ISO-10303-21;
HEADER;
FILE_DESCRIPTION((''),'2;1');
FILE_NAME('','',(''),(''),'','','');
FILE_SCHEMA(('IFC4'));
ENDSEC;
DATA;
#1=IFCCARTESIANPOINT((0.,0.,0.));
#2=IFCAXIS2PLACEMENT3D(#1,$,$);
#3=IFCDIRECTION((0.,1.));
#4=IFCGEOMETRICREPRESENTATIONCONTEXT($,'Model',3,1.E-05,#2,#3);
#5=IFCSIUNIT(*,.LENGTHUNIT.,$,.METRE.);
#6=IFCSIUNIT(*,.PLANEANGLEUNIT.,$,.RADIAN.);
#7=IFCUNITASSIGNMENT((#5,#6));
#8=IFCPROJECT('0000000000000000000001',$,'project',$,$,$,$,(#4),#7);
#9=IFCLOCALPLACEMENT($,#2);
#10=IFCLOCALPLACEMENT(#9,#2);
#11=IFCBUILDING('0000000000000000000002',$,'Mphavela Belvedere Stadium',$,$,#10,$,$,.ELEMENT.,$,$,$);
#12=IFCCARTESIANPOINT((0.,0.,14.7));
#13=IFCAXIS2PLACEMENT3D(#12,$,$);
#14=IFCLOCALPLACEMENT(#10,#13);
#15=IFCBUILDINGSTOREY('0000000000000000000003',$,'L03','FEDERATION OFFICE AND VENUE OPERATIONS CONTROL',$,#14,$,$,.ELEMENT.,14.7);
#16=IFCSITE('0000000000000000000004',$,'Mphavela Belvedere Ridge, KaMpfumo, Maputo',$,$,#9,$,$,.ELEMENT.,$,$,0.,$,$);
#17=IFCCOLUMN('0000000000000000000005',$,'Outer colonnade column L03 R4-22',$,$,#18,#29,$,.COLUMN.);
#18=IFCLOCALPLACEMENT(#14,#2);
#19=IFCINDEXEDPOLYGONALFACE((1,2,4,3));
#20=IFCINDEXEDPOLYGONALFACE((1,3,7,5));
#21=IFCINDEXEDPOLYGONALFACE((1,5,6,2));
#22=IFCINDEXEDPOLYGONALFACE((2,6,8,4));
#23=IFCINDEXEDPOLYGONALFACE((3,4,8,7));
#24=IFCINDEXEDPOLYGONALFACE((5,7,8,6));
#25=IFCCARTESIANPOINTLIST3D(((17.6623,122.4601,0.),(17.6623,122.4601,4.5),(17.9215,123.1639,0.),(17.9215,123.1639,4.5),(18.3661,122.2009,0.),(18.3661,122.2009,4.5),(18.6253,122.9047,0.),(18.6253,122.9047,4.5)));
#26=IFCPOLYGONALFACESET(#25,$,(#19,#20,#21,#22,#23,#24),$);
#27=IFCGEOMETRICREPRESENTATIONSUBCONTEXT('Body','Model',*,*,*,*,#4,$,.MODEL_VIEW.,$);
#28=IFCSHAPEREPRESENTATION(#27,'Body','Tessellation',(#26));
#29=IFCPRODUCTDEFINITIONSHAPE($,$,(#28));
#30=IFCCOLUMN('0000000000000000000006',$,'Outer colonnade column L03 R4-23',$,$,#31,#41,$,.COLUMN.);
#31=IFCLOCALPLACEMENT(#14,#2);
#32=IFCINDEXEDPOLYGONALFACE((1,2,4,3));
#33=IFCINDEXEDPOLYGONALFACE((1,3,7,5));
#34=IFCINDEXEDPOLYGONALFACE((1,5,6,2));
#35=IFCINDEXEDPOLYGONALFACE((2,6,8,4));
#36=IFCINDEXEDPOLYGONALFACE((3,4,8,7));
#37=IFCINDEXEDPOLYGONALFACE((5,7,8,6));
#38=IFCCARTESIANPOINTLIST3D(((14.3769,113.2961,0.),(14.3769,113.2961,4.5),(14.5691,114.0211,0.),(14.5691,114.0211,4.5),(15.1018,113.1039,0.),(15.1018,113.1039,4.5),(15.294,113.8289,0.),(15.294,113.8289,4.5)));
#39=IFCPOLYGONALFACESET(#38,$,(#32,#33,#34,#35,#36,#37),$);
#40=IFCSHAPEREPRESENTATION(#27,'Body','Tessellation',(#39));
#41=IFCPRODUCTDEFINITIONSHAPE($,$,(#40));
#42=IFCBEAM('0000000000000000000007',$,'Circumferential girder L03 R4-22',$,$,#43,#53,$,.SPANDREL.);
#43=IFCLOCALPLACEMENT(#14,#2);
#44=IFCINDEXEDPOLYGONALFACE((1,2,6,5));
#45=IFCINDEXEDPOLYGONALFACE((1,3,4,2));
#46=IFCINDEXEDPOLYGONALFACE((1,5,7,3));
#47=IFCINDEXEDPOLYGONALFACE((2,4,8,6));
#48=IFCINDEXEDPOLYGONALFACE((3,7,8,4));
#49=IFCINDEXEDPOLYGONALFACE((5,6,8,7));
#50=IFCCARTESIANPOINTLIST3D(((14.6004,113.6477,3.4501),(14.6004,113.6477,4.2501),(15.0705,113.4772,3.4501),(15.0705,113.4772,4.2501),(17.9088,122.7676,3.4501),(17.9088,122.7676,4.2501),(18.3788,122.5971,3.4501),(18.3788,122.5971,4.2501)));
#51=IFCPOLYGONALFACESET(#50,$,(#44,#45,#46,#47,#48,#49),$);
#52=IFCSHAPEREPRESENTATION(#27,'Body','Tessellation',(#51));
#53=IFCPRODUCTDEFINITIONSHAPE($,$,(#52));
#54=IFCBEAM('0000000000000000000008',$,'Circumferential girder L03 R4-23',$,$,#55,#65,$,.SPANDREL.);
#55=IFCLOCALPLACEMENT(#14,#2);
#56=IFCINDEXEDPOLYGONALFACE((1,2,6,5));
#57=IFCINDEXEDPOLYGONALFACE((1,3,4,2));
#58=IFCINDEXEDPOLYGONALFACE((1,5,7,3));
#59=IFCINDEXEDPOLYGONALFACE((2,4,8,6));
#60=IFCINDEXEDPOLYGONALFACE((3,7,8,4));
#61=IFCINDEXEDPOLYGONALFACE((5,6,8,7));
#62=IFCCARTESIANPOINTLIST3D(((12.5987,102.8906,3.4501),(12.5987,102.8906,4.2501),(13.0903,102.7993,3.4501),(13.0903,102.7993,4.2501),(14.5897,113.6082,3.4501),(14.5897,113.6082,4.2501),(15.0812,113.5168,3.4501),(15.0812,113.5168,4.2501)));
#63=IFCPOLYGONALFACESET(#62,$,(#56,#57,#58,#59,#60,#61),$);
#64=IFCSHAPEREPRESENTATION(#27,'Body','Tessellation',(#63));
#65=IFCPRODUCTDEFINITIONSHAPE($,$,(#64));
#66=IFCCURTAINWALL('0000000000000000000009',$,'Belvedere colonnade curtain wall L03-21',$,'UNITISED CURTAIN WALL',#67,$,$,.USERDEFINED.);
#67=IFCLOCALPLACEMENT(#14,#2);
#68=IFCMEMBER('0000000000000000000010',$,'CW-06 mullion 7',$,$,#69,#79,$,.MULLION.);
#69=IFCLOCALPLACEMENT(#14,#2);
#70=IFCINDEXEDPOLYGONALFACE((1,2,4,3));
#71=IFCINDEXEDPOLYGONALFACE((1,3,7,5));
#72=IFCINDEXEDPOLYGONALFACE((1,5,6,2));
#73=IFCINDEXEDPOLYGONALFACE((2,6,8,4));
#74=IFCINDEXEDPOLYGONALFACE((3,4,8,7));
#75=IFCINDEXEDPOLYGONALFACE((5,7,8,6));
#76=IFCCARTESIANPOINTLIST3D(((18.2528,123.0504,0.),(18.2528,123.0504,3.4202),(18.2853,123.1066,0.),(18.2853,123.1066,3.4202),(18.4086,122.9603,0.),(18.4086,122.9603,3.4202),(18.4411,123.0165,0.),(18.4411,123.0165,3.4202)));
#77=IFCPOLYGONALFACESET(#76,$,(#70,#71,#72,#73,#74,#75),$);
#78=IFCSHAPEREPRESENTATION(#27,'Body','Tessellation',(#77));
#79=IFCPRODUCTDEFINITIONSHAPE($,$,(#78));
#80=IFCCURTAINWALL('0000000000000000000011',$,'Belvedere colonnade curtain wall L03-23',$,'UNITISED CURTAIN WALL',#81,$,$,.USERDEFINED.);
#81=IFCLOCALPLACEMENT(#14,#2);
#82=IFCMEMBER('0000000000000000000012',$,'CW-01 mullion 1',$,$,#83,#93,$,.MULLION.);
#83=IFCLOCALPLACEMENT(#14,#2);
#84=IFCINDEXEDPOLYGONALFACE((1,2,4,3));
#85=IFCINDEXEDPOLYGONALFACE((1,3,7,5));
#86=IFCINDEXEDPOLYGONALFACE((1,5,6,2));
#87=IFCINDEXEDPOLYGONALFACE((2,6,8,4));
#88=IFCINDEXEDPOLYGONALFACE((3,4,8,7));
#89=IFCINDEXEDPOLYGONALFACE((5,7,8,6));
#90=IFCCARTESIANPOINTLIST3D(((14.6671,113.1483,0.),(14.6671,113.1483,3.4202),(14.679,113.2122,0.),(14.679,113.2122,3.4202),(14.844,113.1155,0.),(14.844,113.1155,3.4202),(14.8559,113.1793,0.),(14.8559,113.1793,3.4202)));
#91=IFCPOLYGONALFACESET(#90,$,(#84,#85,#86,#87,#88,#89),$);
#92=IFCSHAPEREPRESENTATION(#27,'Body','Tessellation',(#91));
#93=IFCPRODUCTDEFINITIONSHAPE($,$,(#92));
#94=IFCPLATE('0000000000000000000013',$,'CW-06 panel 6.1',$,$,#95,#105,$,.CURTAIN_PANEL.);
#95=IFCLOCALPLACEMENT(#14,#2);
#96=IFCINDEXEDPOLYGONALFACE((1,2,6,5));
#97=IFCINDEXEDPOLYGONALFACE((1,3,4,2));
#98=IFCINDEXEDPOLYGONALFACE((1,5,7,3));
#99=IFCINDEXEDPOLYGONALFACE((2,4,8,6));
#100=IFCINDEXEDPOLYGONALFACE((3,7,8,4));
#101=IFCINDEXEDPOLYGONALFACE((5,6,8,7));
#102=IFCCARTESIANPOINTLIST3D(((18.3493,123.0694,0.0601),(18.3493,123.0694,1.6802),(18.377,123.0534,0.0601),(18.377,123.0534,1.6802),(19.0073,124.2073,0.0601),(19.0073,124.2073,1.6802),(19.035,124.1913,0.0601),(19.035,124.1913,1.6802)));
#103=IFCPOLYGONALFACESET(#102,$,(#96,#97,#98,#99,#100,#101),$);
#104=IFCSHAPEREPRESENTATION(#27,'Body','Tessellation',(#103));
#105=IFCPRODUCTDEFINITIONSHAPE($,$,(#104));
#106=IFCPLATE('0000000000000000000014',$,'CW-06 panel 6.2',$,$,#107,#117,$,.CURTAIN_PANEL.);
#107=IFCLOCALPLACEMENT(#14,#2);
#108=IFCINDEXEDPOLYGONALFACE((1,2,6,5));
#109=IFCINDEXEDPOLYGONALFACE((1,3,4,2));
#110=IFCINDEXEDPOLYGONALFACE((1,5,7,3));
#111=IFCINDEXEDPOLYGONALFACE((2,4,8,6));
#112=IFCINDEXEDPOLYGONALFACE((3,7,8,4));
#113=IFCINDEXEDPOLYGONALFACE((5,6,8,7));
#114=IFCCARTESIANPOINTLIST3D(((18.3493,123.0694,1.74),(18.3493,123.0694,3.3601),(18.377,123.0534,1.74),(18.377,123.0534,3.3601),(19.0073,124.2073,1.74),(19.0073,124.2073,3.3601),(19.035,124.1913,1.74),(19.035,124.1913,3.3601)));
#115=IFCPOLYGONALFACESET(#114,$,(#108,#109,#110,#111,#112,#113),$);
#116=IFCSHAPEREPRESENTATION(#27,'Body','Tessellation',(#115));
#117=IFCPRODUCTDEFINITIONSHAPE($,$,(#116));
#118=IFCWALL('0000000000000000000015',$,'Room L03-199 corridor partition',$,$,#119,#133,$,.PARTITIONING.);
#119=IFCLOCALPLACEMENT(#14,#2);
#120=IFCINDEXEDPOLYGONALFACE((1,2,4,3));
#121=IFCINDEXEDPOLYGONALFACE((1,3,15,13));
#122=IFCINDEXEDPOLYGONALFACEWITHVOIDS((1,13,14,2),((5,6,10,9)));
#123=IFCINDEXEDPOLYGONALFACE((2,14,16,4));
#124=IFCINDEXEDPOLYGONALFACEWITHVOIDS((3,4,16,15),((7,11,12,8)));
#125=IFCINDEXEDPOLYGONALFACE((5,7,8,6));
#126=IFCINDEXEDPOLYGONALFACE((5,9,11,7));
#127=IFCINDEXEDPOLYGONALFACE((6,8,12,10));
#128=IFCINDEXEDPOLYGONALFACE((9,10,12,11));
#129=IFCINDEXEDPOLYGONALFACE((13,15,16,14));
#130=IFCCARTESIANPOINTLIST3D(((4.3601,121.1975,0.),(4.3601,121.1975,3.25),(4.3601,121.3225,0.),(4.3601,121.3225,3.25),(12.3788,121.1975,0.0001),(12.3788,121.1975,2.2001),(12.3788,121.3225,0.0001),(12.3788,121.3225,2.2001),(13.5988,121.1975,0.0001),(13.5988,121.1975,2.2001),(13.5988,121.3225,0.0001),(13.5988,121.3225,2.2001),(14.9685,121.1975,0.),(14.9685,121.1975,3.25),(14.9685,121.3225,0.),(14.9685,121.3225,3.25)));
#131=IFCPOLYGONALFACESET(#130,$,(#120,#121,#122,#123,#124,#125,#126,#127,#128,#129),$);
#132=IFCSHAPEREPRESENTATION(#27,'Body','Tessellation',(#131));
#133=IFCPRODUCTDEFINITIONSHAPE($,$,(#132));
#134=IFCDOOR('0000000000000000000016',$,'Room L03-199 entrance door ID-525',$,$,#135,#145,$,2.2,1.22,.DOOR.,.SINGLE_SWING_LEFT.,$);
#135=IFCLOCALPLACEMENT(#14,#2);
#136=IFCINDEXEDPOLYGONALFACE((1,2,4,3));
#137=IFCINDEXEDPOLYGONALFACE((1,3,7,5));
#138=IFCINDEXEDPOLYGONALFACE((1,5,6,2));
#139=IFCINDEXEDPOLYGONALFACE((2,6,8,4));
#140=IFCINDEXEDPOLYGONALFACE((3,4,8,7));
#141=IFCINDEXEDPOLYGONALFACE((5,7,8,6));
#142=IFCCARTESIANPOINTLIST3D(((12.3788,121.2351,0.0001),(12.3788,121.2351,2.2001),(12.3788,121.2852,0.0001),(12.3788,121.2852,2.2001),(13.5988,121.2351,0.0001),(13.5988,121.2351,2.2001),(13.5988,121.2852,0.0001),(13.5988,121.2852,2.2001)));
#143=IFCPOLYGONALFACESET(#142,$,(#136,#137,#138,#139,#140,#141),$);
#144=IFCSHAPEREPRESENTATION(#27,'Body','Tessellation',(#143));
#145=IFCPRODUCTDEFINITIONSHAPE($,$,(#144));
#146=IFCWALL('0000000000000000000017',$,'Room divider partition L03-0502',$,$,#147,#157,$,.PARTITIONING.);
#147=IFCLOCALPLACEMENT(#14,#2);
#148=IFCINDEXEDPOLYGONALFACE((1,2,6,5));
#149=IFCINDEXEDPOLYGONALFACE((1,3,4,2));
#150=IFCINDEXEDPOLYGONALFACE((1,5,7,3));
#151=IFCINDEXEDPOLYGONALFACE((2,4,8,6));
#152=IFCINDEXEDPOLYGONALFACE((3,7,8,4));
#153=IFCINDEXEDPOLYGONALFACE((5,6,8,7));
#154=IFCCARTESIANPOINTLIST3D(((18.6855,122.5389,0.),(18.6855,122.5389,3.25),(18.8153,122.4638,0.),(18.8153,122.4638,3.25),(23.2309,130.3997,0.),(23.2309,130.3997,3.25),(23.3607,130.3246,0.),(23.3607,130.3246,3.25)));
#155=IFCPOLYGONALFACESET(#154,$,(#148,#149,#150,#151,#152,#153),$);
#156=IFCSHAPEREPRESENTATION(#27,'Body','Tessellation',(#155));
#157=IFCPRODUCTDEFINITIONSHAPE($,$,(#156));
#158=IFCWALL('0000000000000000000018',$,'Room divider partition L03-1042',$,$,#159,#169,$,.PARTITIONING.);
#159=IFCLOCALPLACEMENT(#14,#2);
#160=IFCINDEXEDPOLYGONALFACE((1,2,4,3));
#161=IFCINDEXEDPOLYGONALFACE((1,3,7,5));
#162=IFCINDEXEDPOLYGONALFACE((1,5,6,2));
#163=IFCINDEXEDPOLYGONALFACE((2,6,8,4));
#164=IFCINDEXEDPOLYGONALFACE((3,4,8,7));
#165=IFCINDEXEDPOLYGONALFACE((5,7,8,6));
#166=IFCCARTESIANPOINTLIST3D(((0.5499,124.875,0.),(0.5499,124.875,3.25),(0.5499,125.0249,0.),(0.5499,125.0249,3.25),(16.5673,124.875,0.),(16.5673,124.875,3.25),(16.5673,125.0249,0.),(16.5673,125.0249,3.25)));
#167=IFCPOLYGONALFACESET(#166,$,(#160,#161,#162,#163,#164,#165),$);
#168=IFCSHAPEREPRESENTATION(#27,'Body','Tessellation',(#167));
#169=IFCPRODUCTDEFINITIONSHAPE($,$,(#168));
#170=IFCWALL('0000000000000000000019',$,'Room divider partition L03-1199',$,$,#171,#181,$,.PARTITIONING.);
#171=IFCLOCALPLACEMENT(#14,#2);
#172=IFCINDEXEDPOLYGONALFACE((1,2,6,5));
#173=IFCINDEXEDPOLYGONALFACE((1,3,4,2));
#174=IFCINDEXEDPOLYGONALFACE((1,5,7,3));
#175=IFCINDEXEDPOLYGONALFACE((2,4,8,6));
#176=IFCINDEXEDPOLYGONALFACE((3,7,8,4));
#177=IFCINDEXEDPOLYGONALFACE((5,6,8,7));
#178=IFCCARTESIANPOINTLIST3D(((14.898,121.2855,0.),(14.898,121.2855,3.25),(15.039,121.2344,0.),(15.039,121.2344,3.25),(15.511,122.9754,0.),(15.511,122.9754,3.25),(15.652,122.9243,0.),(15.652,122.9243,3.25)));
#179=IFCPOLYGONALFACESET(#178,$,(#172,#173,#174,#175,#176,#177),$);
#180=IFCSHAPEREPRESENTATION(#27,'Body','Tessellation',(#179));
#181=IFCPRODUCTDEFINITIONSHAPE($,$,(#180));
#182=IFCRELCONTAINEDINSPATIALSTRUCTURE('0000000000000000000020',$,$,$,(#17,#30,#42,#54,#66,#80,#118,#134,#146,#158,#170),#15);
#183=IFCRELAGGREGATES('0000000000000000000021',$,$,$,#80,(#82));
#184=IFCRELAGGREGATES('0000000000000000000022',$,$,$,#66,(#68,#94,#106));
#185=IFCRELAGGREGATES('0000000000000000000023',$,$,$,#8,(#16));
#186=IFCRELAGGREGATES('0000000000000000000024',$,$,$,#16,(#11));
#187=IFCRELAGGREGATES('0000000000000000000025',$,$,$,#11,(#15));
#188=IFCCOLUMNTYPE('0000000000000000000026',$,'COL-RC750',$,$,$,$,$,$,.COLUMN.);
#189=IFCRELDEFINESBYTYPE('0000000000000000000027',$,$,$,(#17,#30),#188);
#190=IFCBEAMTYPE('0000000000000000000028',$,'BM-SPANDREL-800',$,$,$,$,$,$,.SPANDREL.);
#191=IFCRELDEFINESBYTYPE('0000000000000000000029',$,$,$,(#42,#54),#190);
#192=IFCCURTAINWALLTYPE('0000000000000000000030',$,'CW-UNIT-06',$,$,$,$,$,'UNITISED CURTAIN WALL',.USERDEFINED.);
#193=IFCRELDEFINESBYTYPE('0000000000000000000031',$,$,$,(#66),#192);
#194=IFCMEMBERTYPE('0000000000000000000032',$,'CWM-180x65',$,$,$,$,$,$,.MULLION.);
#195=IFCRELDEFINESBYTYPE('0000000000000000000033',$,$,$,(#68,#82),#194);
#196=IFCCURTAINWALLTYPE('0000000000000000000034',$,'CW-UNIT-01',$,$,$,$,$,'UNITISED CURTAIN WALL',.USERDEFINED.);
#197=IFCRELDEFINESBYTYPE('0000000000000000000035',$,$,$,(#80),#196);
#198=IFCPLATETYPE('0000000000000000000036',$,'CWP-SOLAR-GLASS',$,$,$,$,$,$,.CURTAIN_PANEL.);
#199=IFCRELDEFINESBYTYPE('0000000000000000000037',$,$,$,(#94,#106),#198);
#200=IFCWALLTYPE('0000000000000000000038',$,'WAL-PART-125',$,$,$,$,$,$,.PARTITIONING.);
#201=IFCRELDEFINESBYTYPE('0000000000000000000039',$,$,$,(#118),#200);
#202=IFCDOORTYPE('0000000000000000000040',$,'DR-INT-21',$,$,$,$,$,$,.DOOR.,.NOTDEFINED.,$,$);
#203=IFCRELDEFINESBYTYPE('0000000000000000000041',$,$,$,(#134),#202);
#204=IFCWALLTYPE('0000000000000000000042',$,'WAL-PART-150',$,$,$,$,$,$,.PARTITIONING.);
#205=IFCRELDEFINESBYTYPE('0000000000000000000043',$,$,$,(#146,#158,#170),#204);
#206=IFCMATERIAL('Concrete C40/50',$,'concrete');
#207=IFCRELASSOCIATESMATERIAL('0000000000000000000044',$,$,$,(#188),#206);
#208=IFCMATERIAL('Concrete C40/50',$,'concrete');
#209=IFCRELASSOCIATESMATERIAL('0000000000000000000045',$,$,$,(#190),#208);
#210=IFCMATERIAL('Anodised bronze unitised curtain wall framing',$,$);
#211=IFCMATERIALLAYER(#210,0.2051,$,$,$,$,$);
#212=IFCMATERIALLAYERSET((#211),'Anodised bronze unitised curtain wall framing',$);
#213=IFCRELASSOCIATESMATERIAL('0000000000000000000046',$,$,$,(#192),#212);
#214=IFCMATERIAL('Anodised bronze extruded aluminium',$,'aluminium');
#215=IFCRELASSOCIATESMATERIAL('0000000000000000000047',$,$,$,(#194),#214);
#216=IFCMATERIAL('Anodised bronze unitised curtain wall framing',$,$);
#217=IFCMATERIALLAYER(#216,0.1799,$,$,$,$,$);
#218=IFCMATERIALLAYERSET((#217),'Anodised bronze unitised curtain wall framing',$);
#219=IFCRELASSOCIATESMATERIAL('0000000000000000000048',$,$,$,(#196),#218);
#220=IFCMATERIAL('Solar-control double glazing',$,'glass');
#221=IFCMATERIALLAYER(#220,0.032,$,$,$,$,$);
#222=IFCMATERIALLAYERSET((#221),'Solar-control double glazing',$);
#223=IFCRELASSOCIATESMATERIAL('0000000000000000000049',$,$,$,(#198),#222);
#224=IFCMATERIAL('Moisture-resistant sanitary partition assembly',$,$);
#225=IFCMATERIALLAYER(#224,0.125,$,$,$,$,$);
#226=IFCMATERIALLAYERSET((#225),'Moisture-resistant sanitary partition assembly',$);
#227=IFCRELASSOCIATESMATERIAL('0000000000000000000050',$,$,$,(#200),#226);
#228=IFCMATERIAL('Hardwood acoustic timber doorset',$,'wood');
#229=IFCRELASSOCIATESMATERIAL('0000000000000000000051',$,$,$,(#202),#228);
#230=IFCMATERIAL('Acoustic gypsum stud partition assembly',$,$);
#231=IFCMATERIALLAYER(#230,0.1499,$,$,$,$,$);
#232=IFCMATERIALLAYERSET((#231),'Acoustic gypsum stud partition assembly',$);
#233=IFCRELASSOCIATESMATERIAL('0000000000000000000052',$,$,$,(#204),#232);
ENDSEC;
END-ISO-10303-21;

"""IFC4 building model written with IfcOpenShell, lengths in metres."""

from ifc_helpers import new_model, si_unit, direction, frame, frame_2d, origin, origin_2d, place, context, subcontext, project, spatial, rectangle, extrude, material, layer, layer_set, material_profile, profile_set, type_object, element, fill, aggregate, save


model = new_model("IFC4")

# Units and contexts
model_context = context("Model", 3, precision=1e-05, world=origin(), true_north=direction((0.0, 1.0)))
body_context = subcontext(model_context, "Body", "Model", "MODEL_VIEW")
ifc_project = project(units=[si_unit("LENGTHUNIT", "METRE"), si_unit("PLANEANGLEUNIT", "RADIAN")], contexts=[model_context])

# Site, building, storey
site_placement = place(None, origin())
site = spatial("IfcSite", under=ifc_project, at=site_placement, Name="Mphavela Belvedere Ridge, KaMpfumo, Maputo", CompositionType="ELEMENT", RefElevation=0.0)
building_placement = place(site_placement, origin())
building = spatial("IfcBuilding", under=site, at=building_placement, Name="Mphavela Belvedere Stadium", CompositionType="ELEMENT")
storey_placement = place(building_placement, frame((0.0, 0.0, 14.7)))
storey = spatial("IfcBuildingStorey", under=building, at=storey_placement, Name="L03", Description="FEDERATION OFFICE AND VENUE OPERATIONS CONTROL", CompositionType="ELEMENT", Elevation=14.7)

# Columns
ifc_material_1 = material(Name="Concrete C40/50", Category="concrete")
ifc_material_profile_1 = material_profile(ifc_material_1, rectangle(XDim=0.75, YDim=0.75, at=origin_2d()), Name="RC 750x750")
ifc_profile_set_1 = profile_set([ifc_material_profile_1], Name="Concrete C40/50")
column_type = type_object("IfcColumnType", Name="COL-RC750", PredefinedType="COLUMN", material=ifc_profile_set_1)
for number, where, z_axis, x_axis, name in (
    (1, (18.1438, 122.6824, 0.0), (0.0, 0.0, 1.0), (-0.938372, 0.345626, 0.0), "Outer colonnade column L03 R4-22"),
    (2, (14.8354, 113.5625, 0.0), (0.0, 0.0, 1.0), (-0.9666, 0.256289, 0.0), "Outer colonnade column L03 R4-23"),
):
    element("IfcColumn", number, at=place(storey_placement, frame(where, z_axis=z_axis, x_axis=x_axis)), inside=storey, type_object=column_type, Name=name, PredefinedType="COLUMN", context=body_context, shape_type="SweptSolid", body=[
        extrude(rectangle(XDim=0.75, YDim=0.75, at=origin_2d()), origin(), (0.0, 0.0, 1.0), 4.5),
    ])

# Beams
ifc_material_2 = material(Name="Concrete C40/50", Category="concrete")
ifc_material_profile_2 = material_profile(ifc_material_2, rectangle(XDim=0.5, YDim=0.8, at=origin_2d()), Name="RC 500x800")
ifc_profile_set_2 = profile_set([ifc_material_profile_2], Name="Concrete C40/50")
beam_type = type_object("IfcBeamType", Name="BM-SPANDREL-800", PredefinedType="SPANDREL", material=ifc_profile_set_2)
beam_1_placement = place(storey_placement, frame((18.1438, 122.6824, 3.8501), z_axis=(-0.341018, -0.940057, 0.0), x_axis=(0.940057, -0.341018, 0.0)))
element("IfcBeam", 3, at=beam_1_placement, inside=storey, type_object=beam_type, Name="Circumferential girder L03 R4-22", PredefinedType="SPANDREL", context=body_context, shape_type="SweptSolid", body=[
    extrude(rectangle(XDim=0.5, YDim=0.8, at=origin_2d()), origin(), (0.0, 0.0, 1.0), 9.7014),
])
beam_2_placement = place(storey_placement, frame((14.8354, 113.5625, 3.8501), z_axis=(-0.182643, -0.983179, 0.0), x_axis=(0.983179, -0.182643, 0.0)))
element("IfcBeam", 4, at=beam_2_placement, inside=storey, type_object=beam_type, Name="Circumferential girder L03 R4-23", PredefinedType="SPANDREL", context=body_context, shape_type="SweptSolid", body=[
    extrude(rectangle(XDim=0.5, YDim=0.8, at=origin_2d()), origin(), (0.0, 0.0, 1.0), 10.9009),
])

# Curtain walls, members
ifc_material_3 = material(Name="Anodised bronze unitised curtain wall framing")
ifc_layer_1 = layer(ifc_material_3, 0.2051)
ifc_layer_set_1 = layer_set([ifc_layer_1], Name="Anodised bronze unitised curtain wall framing")
curtain_wall_type_1 = type_object("IfcCurtainWallType", Name="CW-UNIT-06", ElementType="UNITISED CURTAIN WALL", PredefinedType="USERDEFINED", material=ifc_layer_set_1)
curtain_wall_1_placement = place(storey_placement, origin())
curtain_wall_1 = element("IfcCurtainWall", 5, at=curtain_wall_1_placement, inside=storey, type_object=curtain_wall_type_1, Name="Belvedere colonnade curtain wall L03-21", ObjectType="UNITISED CURTAIN WALL", PredefinedType="USERDEFINED")
ifc_material_4 = material(Name="Anodised bronze extruded aluminium", Category="aluminium")
ifc_material_profile_3 = material_profile(ifc_material_4, rectangle(XDim=0.1799, YDim=0.0649, at=origin_2d()), Name="CW-MUL 180x65")
ifc_profile_set_3 = profile_set([ifc_material_profile_3], Name="Anodised bronze extruded aluminium")
member_type = type_object("IfcMemberType", Name="CWM-180x65", PredefinedType="MULLION", material=ifc_profile_set_3)
member_1_placement = place(storey_placement, frame((18.3469, 123.0334, 0.0), z_axis=(0.0, 0.0, 1.0), x_axis=(0.865705, -0.500554, 0.0)))
member_1 = element("IfcMember", 6, at=member_1_placement, type_object=member_type, Name="CW-06 mullion 7", PredefinedType="MULLION", context=body_context, shape_type="SweptSolid", body=[
    extrude(rectangle(XDim=0.1799, YDim=0.0649, at=origin_2d()), origin(), (0.0, 0.0, 1.0), 3.4202),
])
ifc_material_5 = material(Name="Anodised bronze unitised curtain wall framing")
ifc_layer_2 = layer(ifc_material_5, 0.1799)
ifc_layer_set_2 = layer_set([ifc_layer_2], Name="Anodised bronze unitised curtain wall framing")
curtain_wall_type_2 = type_object("IfcCurtainWallType", Name="CW-UNIT-01", ElementType="UNITISED CURTAIN WALL", PredefinedType="USERDEFINED", material=ifc_layer_set_2)
curtain_wall_2_placement = place(storey_placement, origin())
curtain_wall_2 = element("IfcCurtainWall", 7, at=curtain_wall_2_placement, inside=storey, type_object=curtain_wall_type_2, Name="Belvedere colonnade curtain wall L03-23", ObjectType="UNITISED CURTAIN WALL", PredefinedType="USERDEFINED")
member_2_placement = place(storey_placement, frame((14.7615, 113.1638, 0.0), z_axis=(0.0, 0.0, 1.0), x_axis=(0.983181, -0.182631, 0.0)))
member_2 = element("IfcMember", 8, at=member_2_placement, type_object=member_type, Name="CW-01 mullion 1", PredefinedType="MULLION", context=body_context, shape_type="SweptSolid", body=[
    extrude(rectangle(XDim=0.1799, YDim=0.0649, at=origin_2d()), origin(), (0.0, 0.0, 1.0), 3.4202),
])
aggregate(curtain_wall_2, [member_2])

# Plates
ifc_material_6 = material(Name="Solar-control double glazing", Category="glass")
ifc_layer_3 = layer(ifc_material_6, 0.032)
ifc_layer_set_3 = layer_set([ifc_layer_3], Name="Solar-control double glazing")
plate_type = type_object("IfcPlateType", Name="CWP-SOLAR-GLASS", PredefinedType="CURTAIN_PANEL", material=ifc_layer_set_3)
plate_1_placement = place(storey_placement, frame((18.6921, 123.6304, 0.0601), z_axis=(0.0, 0.0, 1.0), x_axis=(-0.500554, -0.865705, 0.0)))
plate_1 = element("IfcPlate", 9, at=plate_1_placement, type_object=plate_type, Name="CW-06 panel 6.1", PredefinedType="CURTAIN_PANEL", context=body_context, shape_type="SweptSolid", body=[
    extrude(rectangle(XDim=1.3145, YDim=0.032, at=origin_2d()), origin(), (0.0, 0.0, 1.0), 1.6201),
])
plate_2_placement = place(storey_placement, frame((18.6921, 123.6304, 1.74), z_axis=(0.0, 0.0, 1.0), x_axis=(-0.500554, -0.865705, 0.0)))
plate_2 = element("IfcPlate", 10, at=plate_2_placement, type_object=plate_type, Name="CW-06 panel 6.2", PredefinedType="CURTAIN_PANEL", context=body_context, shape_type="SweptSolid", body=[
    extrude(rectangle(XDim=1.3145, YDim=0.032, at=origin_2d()), origin(), (0.0, 0.0, 1.0), 1.6201),
])
aggregate(curtain_wall_1, [member_1, plate_1, plate_2])

# Wall, opening, door
ifc_material_7 = material(Name="Moisture-resistant sanitary partition assembly")
ifc_layer_4 = layer(ifc_material_7, 0.125)
ifc_layer_set_4 = layer_set([ifc_layer_4], Name="Moisture-resistant sanitary partition assembly")
wall_type_1 = type_object("IfcWallType", Name="WAL-PART-125", PredefinedType="PARTITIONING", material=ifc_layer_set_4)
wall_1_placement = place(storey_placement, frame((14.9685, 121.26, 0.0), z_axis=(0.0, 0.0, 1.0), x_axis=(-1.0, 0.0, 0.0)))
wall_1 = element("IfcWall", 11, at=wall_1_placement, inside=storey, type_object=wall_type_1, Name="Room L03-199 corridor partition", PredefinedType="PARTITIONING", context=body_context, shape_type="SweptSolid", body=[
    extrude(rectangle(XDim=10.6084, YDim=0.125, at=frame_2d((5.3042, 0.0))), origin(), (0.0, 0.0, 1.0), 3.25),
])
opening_1_placement = place(wall_1_placement, frame((1.3699, 0.0, 0.0)))
opening_1 = element("IfcOpeningElement", 12, at=opening_1_placement, cuts=wall_1, PredefinedType="OPENING", context=body_context, shape_type="SweptSolid", body=[
    extrude(rectangle(XDim=1.22, YDim=2.2, at=frame_2d((0.6099, 1.1001))), frame((0.0, 0.0725, 0.0), z_axis=(0.0, -1.0, 0.0), x_axis=(1.0, 0.0, 0.0)), (0.0, 0.0, 1.0), 0.145),
])
ifc_material_8 = material(Name="Hardwood acoustic timber doorset", Category="wood")
door_type_1 = type_object("IfcDoorType", Name="DR-INT-21", OperationType="NOTDEFINED", PredefinedType="DOOR", material=ifc_material_8)
door_1_placement = place(opening_1_placement, origin())
door_1 = element("IfcDoor", 13, at=door_1_placement, inside=storey, type_object=door_type_1, Name="Room L03-199 entrance door ID-525", OperationType="SINGLE_SWING_LEFT", OverallHeight=2.2, OverallWidth=1.22, PredefinedType="DOOR", context=body_context, shape_type="SweptSolid", body=[
    extrude(rectangle(XDim=1.22, YDim=2.2, at=frame_2d((0.6099, 1.1001))), frame((0.0, 0.0249, 0.0), z_axis=(0.0, -1.0, 0.0), x_axis=(1.0, 0.0, 0.0)), (0.0, 0.0, 1.0), 0.05),
])
fill(opening_1, door_1)

# Walls
ifc_material_9 = material(Name="Acoustic gypsum stud partition assembly")
ifc_layer_5 = layer(ifc_material_9, 0.1499)
ifc_layer_set_5 = layer_set([ifc_layer_5], Name="Acoustic gypsum stud partition assembly")
wall_type_2 = type_object("IfcWallType", Name="WAL-PART-150", PredefinedType="PARTITIONING", material=ifc_layer_set_5)
wall_2_placement = place(storey_placement, frame((18.7505, 122.5015, 0.0), z_axis=(0.0, 0.0, 1.0), x_axis=(0.500574, 0.865694, 0.0)))
element("IfcWall", 14, at=wall_2_placement, inside=storey, type_object=wall_type_2, Name="Room divider partition L03-0502", PredefinedType="PARTITIONING", context=body_context, shape_type="SweptSolid", body=[
    extrude(rectangle(XDim=9.0803, YDim=0.1499, at=frame_2d((4.54, 0.0))), origin(), (0.0, 0.0, 1.0), 3.25),
])
wall_3_placement = place(storey_placement, frame((16.5674, 124.95, 0.0), z_axis=(0.0, 0.0, 1.0), x_axis=(-1.0, 0.0, 0.0)))
element("IfcWall", 15, at=wall_3_placement, inside=storey, type_object=wall_type_2, Name="Room divider partition L03-1042", PredefinedType="PARTITIONING", context=body_context, shape_type="SweptSolid", body=[
    extrude(rectangle(XDim=16.0173, YDim=0.1499, at=frame_2d((8.0088, 0.0))), origin(), (0.0, 0.0, 1.0), 3.25),
])
wall_4_placement = place(storey_placement, frame((15.5815, 122.95, 0.0), z_axis=(0.0, 0.0, 1.0), x_axis=(-0.341012, -0.940059, 0.0)))
element("IfcWall", 16, at=wall_4_placement, inside=storey, type_object=wall_type_2, Name="Room divider partition L03-1199", PredefinedType="PARTITIONING", context=body_context, shape_type="SweptSolid", body=[
    extrude(rectangle(XDim=1.7976, YDim=0.1499, at=frame_2d((0.8989, 0.0))), origin(), (0.0, 0.0, 1.0), 3.25),
])

save(model, "model.ifc")
